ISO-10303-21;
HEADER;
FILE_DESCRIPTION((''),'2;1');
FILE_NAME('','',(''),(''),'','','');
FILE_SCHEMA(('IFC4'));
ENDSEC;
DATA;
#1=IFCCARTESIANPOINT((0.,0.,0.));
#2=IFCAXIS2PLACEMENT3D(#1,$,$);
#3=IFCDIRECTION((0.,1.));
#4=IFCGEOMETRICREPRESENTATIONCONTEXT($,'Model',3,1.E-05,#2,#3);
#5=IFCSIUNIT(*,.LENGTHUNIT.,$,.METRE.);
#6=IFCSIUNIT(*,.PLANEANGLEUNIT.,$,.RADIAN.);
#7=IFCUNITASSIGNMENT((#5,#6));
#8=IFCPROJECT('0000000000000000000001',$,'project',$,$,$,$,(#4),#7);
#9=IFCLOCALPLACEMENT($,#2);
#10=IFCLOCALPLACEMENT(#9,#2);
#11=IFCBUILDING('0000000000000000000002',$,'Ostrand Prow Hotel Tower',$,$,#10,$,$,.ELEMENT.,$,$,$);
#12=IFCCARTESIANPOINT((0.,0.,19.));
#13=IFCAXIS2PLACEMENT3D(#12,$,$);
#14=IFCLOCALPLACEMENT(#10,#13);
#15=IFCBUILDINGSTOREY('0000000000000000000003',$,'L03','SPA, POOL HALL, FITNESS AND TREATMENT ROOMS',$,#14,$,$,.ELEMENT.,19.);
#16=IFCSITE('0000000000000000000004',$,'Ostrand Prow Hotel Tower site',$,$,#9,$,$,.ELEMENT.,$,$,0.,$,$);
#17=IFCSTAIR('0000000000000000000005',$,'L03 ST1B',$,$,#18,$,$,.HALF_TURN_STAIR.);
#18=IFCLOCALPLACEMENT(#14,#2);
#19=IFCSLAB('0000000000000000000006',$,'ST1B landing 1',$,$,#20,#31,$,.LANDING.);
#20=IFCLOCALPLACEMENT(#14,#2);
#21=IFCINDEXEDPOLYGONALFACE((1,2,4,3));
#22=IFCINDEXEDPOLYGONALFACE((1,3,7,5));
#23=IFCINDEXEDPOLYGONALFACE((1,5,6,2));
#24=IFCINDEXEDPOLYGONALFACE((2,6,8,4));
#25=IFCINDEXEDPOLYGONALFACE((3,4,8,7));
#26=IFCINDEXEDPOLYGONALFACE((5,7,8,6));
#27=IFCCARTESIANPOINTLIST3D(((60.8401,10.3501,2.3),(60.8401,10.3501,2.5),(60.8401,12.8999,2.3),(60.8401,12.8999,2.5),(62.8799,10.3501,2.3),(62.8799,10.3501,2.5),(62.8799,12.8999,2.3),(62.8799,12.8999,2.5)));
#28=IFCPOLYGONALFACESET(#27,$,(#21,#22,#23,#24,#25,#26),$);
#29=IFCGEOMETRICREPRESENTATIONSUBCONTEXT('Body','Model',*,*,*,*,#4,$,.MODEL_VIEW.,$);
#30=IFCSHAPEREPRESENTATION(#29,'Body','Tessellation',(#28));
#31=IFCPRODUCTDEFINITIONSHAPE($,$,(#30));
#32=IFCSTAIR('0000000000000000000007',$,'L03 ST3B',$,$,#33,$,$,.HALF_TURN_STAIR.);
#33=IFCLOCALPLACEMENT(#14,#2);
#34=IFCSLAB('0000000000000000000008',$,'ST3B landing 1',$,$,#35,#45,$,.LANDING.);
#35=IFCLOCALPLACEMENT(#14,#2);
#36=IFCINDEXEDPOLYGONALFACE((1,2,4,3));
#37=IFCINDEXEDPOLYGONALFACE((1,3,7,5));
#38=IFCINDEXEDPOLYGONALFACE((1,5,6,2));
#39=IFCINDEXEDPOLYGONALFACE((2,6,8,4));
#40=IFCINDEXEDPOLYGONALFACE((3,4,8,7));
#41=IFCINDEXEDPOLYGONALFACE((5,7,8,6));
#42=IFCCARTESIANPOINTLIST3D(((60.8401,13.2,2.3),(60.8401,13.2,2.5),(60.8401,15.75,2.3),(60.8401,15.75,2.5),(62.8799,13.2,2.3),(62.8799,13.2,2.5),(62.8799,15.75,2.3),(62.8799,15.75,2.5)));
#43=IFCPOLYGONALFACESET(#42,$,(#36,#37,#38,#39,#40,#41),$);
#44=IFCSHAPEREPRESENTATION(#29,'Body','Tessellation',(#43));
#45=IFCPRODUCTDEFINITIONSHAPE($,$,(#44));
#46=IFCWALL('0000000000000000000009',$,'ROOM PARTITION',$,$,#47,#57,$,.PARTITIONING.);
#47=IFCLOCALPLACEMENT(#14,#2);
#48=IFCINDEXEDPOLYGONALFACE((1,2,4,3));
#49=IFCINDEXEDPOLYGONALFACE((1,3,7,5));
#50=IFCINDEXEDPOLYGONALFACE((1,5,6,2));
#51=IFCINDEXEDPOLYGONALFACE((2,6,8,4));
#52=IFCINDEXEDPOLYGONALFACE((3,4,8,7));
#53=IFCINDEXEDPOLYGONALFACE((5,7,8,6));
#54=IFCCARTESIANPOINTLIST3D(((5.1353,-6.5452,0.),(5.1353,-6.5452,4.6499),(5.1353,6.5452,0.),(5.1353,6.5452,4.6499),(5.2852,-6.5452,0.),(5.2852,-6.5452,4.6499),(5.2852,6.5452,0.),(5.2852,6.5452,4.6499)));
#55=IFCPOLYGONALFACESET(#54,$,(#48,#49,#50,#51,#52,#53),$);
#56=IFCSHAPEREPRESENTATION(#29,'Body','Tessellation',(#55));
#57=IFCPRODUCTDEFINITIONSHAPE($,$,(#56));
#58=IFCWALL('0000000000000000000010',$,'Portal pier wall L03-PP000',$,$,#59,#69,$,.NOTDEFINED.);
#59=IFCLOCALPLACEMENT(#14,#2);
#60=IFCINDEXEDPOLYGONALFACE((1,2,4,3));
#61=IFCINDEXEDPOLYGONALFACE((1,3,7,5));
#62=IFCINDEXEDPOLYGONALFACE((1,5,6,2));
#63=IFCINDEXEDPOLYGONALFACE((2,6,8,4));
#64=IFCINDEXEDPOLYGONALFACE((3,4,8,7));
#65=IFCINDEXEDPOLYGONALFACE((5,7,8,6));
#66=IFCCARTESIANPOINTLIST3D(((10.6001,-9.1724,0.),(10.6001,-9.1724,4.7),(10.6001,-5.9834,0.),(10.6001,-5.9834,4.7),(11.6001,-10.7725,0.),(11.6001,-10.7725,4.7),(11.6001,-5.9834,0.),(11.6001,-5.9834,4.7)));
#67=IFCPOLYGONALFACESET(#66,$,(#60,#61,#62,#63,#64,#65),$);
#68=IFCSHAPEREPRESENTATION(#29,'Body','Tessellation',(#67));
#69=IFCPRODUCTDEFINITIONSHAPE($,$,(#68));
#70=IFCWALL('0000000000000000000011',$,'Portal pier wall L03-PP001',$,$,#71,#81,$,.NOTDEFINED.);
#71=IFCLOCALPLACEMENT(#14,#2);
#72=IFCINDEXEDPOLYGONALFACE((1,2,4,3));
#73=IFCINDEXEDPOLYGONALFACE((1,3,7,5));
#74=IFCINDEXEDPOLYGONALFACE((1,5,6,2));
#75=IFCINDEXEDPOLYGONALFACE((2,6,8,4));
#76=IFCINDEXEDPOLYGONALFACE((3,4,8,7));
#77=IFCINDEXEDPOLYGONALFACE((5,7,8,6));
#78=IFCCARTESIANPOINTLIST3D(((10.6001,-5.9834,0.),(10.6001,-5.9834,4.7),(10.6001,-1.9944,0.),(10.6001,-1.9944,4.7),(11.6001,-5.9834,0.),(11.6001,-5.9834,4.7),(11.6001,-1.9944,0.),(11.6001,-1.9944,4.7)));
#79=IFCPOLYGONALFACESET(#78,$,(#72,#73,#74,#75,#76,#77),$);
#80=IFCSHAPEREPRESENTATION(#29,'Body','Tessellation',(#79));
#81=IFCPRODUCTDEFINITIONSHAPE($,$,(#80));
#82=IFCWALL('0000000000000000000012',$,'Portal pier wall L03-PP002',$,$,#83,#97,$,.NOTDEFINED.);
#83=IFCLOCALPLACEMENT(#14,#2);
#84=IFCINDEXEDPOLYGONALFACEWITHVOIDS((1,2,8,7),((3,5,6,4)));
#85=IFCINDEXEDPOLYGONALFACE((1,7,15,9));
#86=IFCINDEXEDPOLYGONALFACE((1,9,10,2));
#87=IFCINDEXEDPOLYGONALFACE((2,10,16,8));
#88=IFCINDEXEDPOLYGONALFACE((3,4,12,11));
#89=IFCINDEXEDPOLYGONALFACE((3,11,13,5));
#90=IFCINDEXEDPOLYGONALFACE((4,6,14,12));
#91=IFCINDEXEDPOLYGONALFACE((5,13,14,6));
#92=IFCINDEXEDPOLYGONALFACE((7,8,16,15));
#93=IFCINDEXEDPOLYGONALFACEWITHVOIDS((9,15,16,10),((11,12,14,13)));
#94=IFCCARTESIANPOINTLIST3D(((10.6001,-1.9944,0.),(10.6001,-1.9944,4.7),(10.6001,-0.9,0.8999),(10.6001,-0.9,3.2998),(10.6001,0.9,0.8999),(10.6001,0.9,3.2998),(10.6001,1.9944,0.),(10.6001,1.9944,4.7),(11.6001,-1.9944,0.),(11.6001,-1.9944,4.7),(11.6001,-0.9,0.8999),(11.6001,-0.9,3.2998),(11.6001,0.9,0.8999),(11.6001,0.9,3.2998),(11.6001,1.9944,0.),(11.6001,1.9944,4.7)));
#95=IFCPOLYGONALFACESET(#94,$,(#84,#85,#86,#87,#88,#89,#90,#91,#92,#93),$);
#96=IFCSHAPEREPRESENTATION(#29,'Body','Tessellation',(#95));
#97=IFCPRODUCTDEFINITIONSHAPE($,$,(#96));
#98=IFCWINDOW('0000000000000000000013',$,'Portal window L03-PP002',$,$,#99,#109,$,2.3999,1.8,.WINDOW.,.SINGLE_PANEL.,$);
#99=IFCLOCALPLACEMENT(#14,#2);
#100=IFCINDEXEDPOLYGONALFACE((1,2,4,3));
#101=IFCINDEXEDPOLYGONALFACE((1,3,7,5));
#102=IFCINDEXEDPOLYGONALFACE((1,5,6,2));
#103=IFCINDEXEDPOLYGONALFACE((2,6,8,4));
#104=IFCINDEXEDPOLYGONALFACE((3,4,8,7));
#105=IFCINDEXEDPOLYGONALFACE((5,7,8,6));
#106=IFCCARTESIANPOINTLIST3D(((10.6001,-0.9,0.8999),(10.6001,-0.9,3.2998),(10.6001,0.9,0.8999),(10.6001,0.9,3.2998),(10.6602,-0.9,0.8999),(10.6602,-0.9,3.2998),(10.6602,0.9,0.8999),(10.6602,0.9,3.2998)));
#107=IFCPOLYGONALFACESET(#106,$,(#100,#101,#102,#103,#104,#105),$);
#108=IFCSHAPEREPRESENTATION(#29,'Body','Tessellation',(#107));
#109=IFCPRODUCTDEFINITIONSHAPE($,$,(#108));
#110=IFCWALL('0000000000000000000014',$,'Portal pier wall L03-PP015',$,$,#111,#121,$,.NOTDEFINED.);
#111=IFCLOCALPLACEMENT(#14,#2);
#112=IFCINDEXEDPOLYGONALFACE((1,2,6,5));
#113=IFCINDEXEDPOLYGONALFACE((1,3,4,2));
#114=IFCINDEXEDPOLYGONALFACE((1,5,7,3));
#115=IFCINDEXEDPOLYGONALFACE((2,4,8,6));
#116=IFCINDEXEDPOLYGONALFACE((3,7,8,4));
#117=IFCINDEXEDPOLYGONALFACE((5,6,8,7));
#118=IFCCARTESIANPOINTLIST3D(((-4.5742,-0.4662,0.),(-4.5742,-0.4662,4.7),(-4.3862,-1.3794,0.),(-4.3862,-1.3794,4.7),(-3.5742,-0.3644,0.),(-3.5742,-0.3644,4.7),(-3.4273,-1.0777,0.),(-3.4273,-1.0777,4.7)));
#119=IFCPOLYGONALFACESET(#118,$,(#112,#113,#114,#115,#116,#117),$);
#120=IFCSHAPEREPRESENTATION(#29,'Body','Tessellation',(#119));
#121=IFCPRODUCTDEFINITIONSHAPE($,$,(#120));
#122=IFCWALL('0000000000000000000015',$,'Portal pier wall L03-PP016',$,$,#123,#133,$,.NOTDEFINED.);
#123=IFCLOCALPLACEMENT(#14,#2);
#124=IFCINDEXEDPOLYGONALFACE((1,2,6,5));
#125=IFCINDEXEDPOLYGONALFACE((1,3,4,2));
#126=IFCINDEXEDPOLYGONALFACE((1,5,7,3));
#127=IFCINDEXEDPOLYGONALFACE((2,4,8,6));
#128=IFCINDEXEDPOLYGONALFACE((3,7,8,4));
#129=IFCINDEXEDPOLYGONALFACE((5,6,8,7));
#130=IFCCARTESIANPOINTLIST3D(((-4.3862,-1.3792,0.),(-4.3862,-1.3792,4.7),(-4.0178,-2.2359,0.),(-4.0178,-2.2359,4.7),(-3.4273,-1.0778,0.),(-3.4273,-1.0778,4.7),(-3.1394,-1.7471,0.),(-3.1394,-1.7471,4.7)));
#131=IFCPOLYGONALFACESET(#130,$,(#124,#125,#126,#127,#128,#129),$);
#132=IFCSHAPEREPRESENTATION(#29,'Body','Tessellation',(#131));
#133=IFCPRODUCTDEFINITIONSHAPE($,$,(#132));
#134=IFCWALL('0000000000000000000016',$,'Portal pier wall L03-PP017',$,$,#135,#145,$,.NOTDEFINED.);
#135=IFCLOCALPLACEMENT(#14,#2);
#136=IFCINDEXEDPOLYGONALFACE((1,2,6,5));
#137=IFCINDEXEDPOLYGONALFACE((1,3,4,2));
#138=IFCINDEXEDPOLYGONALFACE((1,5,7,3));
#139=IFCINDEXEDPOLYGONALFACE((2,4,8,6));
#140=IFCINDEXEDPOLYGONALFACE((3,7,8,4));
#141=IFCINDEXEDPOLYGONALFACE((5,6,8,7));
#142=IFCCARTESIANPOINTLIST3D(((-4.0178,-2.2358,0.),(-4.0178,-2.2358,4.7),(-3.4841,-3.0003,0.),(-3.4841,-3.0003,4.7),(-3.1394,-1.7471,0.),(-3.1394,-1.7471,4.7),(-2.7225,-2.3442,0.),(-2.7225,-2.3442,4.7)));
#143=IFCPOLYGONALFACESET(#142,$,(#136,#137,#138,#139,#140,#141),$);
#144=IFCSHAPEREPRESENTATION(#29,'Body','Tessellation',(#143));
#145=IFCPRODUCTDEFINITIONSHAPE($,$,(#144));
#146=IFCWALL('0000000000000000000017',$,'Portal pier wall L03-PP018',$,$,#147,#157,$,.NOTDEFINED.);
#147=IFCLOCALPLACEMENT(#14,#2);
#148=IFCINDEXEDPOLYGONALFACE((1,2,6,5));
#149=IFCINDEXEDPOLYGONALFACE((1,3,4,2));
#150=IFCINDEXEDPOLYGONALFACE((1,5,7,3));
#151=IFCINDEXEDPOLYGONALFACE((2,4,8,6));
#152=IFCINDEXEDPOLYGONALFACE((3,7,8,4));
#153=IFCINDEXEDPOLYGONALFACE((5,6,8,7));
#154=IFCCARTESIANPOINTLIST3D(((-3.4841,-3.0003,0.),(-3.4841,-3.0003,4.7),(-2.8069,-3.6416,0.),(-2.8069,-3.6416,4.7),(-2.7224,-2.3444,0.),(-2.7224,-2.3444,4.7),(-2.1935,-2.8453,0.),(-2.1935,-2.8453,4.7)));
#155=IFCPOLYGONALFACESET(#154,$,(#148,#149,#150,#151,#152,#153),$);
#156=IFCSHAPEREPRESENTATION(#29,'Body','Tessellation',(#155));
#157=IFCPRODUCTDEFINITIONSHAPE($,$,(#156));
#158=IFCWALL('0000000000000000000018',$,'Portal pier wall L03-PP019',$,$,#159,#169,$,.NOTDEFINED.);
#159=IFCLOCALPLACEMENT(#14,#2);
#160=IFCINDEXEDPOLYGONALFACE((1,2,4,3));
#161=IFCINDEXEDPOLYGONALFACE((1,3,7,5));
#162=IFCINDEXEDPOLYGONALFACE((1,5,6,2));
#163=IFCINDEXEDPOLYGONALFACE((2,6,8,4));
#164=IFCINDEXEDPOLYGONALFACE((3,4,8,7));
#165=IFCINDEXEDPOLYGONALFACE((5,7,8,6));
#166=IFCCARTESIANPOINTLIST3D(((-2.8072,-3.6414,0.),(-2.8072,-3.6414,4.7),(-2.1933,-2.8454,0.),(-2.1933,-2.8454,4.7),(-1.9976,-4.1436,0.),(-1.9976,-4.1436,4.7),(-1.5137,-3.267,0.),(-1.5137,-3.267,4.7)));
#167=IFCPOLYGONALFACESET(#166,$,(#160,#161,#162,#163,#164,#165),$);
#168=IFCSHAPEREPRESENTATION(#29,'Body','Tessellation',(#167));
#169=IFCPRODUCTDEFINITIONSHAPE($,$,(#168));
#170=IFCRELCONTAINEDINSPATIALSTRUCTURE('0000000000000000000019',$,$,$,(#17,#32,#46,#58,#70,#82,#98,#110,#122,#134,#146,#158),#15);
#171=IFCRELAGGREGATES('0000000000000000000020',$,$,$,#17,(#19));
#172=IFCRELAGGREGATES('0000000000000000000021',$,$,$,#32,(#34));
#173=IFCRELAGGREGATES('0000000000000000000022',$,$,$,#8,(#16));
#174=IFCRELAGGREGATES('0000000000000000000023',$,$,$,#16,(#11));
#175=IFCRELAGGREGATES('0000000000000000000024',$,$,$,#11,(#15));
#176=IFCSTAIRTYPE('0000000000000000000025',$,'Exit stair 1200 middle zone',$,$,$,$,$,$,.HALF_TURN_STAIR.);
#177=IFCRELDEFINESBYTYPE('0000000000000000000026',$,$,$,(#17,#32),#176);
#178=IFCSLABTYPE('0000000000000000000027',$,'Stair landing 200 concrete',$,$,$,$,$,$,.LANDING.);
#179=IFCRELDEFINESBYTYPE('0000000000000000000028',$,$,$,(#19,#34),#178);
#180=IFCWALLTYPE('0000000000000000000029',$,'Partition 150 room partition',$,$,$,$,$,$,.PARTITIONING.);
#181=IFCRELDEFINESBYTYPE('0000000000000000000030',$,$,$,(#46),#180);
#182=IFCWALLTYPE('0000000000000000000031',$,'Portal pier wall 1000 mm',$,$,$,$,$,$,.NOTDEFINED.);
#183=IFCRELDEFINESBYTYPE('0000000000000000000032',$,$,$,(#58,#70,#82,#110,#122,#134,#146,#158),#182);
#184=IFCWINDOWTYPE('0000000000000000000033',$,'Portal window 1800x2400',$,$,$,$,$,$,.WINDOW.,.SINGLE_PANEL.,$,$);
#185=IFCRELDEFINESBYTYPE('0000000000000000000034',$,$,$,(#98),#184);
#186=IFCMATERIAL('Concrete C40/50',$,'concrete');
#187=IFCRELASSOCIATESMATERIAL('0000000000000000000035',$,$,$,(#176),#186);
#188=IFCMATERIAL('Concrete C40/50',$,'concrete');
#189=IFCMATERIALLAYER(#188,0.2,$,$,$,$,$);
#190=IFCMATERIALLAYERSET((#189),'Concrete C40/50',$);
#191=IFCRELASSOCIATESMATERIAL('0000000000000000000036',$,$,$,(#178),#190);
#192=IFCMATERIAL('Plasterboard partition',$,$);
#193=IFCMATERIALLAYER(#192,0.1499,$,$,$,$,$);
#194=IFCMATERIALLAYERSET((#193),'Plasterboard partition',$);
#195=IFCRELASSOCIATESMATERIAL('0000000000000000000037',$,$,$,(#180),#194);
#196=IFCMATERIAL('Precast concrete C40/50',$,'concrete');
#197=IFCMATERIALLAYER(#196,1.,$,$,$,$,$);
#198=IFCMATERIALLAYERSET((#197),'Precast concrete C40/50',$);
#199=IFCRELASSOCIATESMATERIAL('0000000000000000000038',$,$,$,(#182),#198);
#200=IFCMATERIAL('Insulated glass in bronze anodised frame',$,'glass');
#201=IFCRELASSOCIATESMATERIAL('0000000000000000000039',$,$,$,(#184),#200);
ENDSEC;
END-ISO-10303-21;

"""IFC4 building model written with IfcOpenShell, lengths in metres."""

from ifc_helpers import new_model, si_unit, direction, frame, frame_2d, origin, place, context, subcontext, project, spatial, polyline, rectangle, outline, extrude, material, layer, layer_set, type_object, element, fill, aggregate, save


model = new_model("IFC4")

# Units and contexts
model_context = context("Model", 3, precision=1e-05, world=origin(), true_north=direction((0.0, 1.0)))
body_context = subcontext(model_context, "Body", "Model", "MODEL_VIEW")
ifc_project = project(units=[si_unit("LENGTHUNIT", "METRE"), si_unit("PLANEANGLEUNIT", "RADIAN")], contexts=[model_context])

# Site, building, storey
site_placement = place(None, origin())
site = spatial("IfcSite", under=ifc_project, at=site_placement, Name="Ostrand Prow Hotel Tower site", CompositionType="ELEMENT", RefElevation=0.0)
building_placement = place(site_placement, origin())
building = spatial("IfcBuilding", under=site, at=building_placement, Name="Ostrand Prow Hotel Tower", CompositionType="ELEMENT")
storey_placement = place(building_placement, frame((0.0, 0.0, 19.0)))
storey = spatial("IfcBuildingStorey", under=building, at=storey_placement, Name="L03", Description="SPA, POOL HALL, FITNESS AND TREATMENT ROOMS", CompositionType="ELEMENT", Elevation=19.0)

# Stairs, slabs
ifc_material_1 = material(Name="Concrete C40/50", Category="concrete")
stair_type = type_object("IfcStairType", Name="Exit stair 1200 middle zone", PredefinedType="HALF_TURN_STAIR", material=ifc_material_1)
stair_1_placement = place(storey_placement, origin())
stair_1 = element("IfcStair", 1, at=stair_1_placement, inside=storey, type_object=stair_type, Name="L03 ST1B", PredefinedType="HALF_TURN_STAIR")
ifc_material_2 = material(Name="Concrete C40/50", Category="concrete")
ifc_layer_1 = layer(ifc_material_2, 0.2)
ifc_layer_set_1 = layer_set([ifc_layer_1], Name="Concrete C40/50")
slab_type_1 = type_object("IfcSlabType", Name="Stair landing 200 concrete", PredefinedType="LANDING", material=ifc_layer_set_1)
slab_1_placement = place(storey_placement, frame((0.0, 0.0, 2.3)))
slab_1 = element("IfcSlab", 2, at=slab_1_placement, type_object=slab_type_1, Name="ST1B landing 1", PredefinedType="LANDING", context=body_context, shape_type="SweptSolid", body=[
    extrude(outline(polyline([(60.8401, 10.3501), (62.8799, 10.3501), (62.8799, 12.8999), (60.8401, 12.8999), (60.8401, 10.3501)])), origin(), (0.0, 0.0, 1.0), 0.2),
])
aggregate(stair_1, [slab_1])
stair_2_placement = place(storey_placement, origin())
stair_2 = element("IfcStair", 3, at=stair_2_placement, inside=storey, type_object=stair_type, Name="L03 ST3B", PredefinedType="HALF_TURN_STAIR")
slab_2_placement = place(storey_placement, frame((0.0, 0.0, 2.3)))
slab_2 = element("IfcSlab", 4, at=slab_2_placement, type_object=slab_type_1, Name="ST3B landing 1", PredefinedType="LANDING", context=body_context, shape_type="SweptSolid", body=[
    extrude(outline(polyline([(60.8401, 13.2), (62.8799, 13.2), (62.8799, 15.75), (60.8401, 15.75), (60.8401, 13.2)])), origin(), (0.0, 0.0, 1.0), 0.2),
])
aggregate(stair_2, [slab_2])

# Walls
ifc_material_3 = material(Name="Plasterboard partition")
ifc_layer_2 = layer(ifc_material_3, 0.1499)
ifc_layer_set_2 = layer_set([ifc_layer_2], Name="Plasterboard partition")
wall_type_1 = type_object("IfcWallType", Name="Partition 150 room partition", PredefinedType="PARTITIONING", material=ifc_layer_set_2)
wall_1_placement = place(storey_placement, frame((5.2102, -6.5452, 0.0), z_axis=(0.0, 0.0, 1.0), x_axis=(0.0, 1.0, 0.0)))
element("IfcWall", 5, at=wall_1_placement, inside=storey, type_object=wall_type_1, Name="ROOM PARTITION", PredefinedType="PARTITIONING", context=body_context, shape_type="SweptSolid", body=[
    extrude(rectangle(XDim=13.0903, YDim=0.1499, at=frame_2d((6.5452, 0.0))), origin(), (0.0, 0.0, 1.0), 4.6499),
])
ifc_material_4 = material(Name="Precast concrete C40/50", Category="concrete")
ifc_layer_3 = layer(ifc_material_4, 1.0)
ifc_layer_set_3 = layer_set([ifc_layer_3], Name="Precast concrete C40/50")
wall_type_2 = type_object("IfcWallType", Name="Portal pier wall 1000 mm", PredefinedType="NOTDEFINED", material=ifc_layer_set_3)
wall_2_placement = place(storey_placement, frame((11.1001, -9.9724, 0.0), z_axis=(0.0, 0.0, 1.0), x_axis=(0.0, 1.0, 0.0)))
element("IfcWall", 6, at=wall_2_placement, inside=storey, type_object=wall_type_2, Name="Portal pier wall L03-PP000", PredefinedType="NOTDEFINED", context=body_context, shape_type="SweptSolid", body=[
    extrude(outline(polyline([(-0.8, -0.5), (3.989, -0.5), (3.989, 0.5), (0.8, 0.5), (-0.8, -0.5)])), origin(), (0.0, 0.0, 1.0), 4.7),
])
wall_3_placement = place(storey_placement, frame((11.1001, -5.9834, 0.0), z_axis=(0.0, 0.0, 1.0), x_axis=(0.0, 1.0, 0.0)))
element("IfcWall", 7, at=wall_3_placement, inside=storey, type_object=wall_type_2, Name="Portal pier wall L03-PP001", PredefinedType="NOTDEFINED", context=body_context, shape_type="SweptSolid", body=[
    extrude(outline(polyline([(0.0, -0.5), (3.989, -0.5), (3.989, 0.5), (0.0, 0.5), (0.0, -0.5)])), origin(), (0.0, 0.0, 1.0), 4.7),
])

# Wall, opening, window
wall_4_placement = place(storey_placement, frame((11.1001, -1.9944, 0.0), z_axis=(0.0, 0.0, 1.0), x_axis=(0.0, 1.0, 0.0)))
wall_4 = element("IfcWall", 8, at=wall_4_placement, inside=storey, type_object=wall_type_2, Name="Portal pier wall L03-PP002", PredefinedType="NOTDEFINED", context=body_context, shape_type="SweptSolid", body=[
    extrude(outline(polyline([(0.0, -0.5), (3.9888, -0.5), (3.9888, 0.5), (0.0, 0.5), (0.0, -0.5)])), origin(), (0.0, 0.0, 1.0), 4.7),
])
opening_1_placement = place(wall_4_placement, frame((1.0945, 0.0, 0.8999)))
opening_1 = element("IfcOpeningElement", 9, at=opening_1_placement, cuts=wall_4, PredefinedType="OPENING", context=body_context, shape_type="SweptSolid", body=[
    extrude(rectangle(XDim=1.8, YDim=2.3999, at=frame_2d((0.8999, 1.2))), frame((0.0, 0.51, 0.0), z_axis=(0.0, -1.0, 0.0), x_axis=(1.0, 0.0, 0.0)), (0.0, 0.0, 1.0), 1.02),
])
ifc_material_5 = material(Name="Insulated glass in bronze anodised frame", Category="glass")
window_type = type_object("IfcWindowType", Name="Portal window 1800x2400", PartitioningType="SINGLE_PANEL", PredefinedType="WINDOW", material=ifc_material_5)
window_1_placement = place(opening_1_placement, origin())
window_1 = element("IfcWindow", 10, at=window_1_placement, inside=storey, type_object=window_type, Name="Portal window L03-PP002", OverallHeight=2.3999, OverallWidth=1.8, PartitioningType="SINGLE_PANEL", PredefinedType="WINDOW", context=body_context, shape_type="SweptSolid", body=[
    extrude(rectangle(XDim=1.8, YDim=2.3999, at=frame_2d((0.8999, 1.2))), frame((0.0, 0.5, 0.0), z_axis=(0.0, -1.0, 0.0), x_axis=(1.0, 0.0, 0.0)), (0.0, 0.0, 1.0), 0.0601),
])
fill(opening_1, window_1)

# Walls
wall_5_placement = place(storey_placement, frame((-4.0742, -0.4153, 0.0), z_axis=(0.0, 0.0, 1.0), x_axis=(0.201711, -0.979445, 0.0)))
element("IfcWall", 11, at=wall_5_placement, inside=storey, type_object=wall_type_2, Name="Portal pier wall L03-PP015", PredefinedType="NOTDEFINED", context=body_context, shape_type="SweptSolid", body=[
    extrude(outline(polyline([(-0.051, -0.5), (0.8813, -0.5), (0.7793, 0.5), (0.051, 0.5), (-0.051, -0.5)])), origin(), (0.0, 0.0, 1.0), 4.7),
])
wall_6_placement = place(storey_placement, frame((-3.9067, -1.2285, 0.0), z_axis=(0.0, 0.0, 1.0), x_axis=(0.39509, -0.918643, 0.0)))
element("IfcWall", 12, at=wall_6_placement, inside=storey, type_object=wall_type_2, Name="Portal pier wall L03-PP016", PredefinedType="NOTDEFINED", context=body_context, shape_type="SweptSolid", body=[
    extrude(outline(polyline([(-0.051, -0.5), (0.8816, -0.5), (0.7795, 0.5), (0.051, 0.5), (-0.051, -0.5)])), origin(), (0.0, 0.0, 1.0), 4.7),
])
wall_7_placement = place(storey_placement, frame((-3.5786, -1.9915, 0.0), z_axis=(0.0, 0.0, 1.0), x_axis=(0.572416, -0.819963, 0.0)))
element("IfcWall", 13, at=wall_7_placement, inside=storey, type_object=wall_type_2, Name="Portal pier wall L03-PP017", PredefinedType="NOTDEFINED", context=body_context, shape_type="SweptSolid", body=[
    extrude(outline(polyline([(-0.051, -0.5), (0.8813, -0.5), (0.7793, 0.5), (0.051, 0.5), (-0.051, -0.5)])), origin(), (0.0, 0.0, 1.0), 4.7),
])
wall_8_placement = place(storey_placement, frame((-3.1033, -2.6724, 0.0), z_axis=(0.0, 0.0, 1.0), x_axis=(0.726099, -0.68759, 0.0)))
element("IfcWall", 14, at=wall_8_placement, inside=storey, type_object=wall_type_2, Name="Portal pier wall L03-PP018", PredefinedType="NOTDEFINED", context=body_context, shape_type="SweptSolid", body=[
    extrude(outline(polyline([(-0.051, -0.5), (0.8816, -0.5), (0.7795, 0.5), (0.051, 0.5), (-0.051, -0.5)])), origin(), (0.0, 0.0, 1.0), 4.7),
])
wall_9_placement = place(storey_placement, frame((-2.5002, -3.2434, 0.0), z_axis=(0.0, 0.0, 1.0), x_axis=(0.849778, -0.527141, 0.0)))
element("IfcWall", 15, at=wall_9_placement, inside=storey, type_object=wall_type_2, Name="Portal pier wall L03-PP019", PredefinedType="NOTDEFINED", context=body_context, shape_type="SweptSolid", body=[
    extrude(outline(polyline([(-0.051, -0.5), (0.9016, -0.5), (0.8508, 0.5), (0.051, 0.5), (-0.051, -0.5)])), origin(), (0.0, 0.0, 1.0), 4.7),
])

save(model, "model.ifc")
